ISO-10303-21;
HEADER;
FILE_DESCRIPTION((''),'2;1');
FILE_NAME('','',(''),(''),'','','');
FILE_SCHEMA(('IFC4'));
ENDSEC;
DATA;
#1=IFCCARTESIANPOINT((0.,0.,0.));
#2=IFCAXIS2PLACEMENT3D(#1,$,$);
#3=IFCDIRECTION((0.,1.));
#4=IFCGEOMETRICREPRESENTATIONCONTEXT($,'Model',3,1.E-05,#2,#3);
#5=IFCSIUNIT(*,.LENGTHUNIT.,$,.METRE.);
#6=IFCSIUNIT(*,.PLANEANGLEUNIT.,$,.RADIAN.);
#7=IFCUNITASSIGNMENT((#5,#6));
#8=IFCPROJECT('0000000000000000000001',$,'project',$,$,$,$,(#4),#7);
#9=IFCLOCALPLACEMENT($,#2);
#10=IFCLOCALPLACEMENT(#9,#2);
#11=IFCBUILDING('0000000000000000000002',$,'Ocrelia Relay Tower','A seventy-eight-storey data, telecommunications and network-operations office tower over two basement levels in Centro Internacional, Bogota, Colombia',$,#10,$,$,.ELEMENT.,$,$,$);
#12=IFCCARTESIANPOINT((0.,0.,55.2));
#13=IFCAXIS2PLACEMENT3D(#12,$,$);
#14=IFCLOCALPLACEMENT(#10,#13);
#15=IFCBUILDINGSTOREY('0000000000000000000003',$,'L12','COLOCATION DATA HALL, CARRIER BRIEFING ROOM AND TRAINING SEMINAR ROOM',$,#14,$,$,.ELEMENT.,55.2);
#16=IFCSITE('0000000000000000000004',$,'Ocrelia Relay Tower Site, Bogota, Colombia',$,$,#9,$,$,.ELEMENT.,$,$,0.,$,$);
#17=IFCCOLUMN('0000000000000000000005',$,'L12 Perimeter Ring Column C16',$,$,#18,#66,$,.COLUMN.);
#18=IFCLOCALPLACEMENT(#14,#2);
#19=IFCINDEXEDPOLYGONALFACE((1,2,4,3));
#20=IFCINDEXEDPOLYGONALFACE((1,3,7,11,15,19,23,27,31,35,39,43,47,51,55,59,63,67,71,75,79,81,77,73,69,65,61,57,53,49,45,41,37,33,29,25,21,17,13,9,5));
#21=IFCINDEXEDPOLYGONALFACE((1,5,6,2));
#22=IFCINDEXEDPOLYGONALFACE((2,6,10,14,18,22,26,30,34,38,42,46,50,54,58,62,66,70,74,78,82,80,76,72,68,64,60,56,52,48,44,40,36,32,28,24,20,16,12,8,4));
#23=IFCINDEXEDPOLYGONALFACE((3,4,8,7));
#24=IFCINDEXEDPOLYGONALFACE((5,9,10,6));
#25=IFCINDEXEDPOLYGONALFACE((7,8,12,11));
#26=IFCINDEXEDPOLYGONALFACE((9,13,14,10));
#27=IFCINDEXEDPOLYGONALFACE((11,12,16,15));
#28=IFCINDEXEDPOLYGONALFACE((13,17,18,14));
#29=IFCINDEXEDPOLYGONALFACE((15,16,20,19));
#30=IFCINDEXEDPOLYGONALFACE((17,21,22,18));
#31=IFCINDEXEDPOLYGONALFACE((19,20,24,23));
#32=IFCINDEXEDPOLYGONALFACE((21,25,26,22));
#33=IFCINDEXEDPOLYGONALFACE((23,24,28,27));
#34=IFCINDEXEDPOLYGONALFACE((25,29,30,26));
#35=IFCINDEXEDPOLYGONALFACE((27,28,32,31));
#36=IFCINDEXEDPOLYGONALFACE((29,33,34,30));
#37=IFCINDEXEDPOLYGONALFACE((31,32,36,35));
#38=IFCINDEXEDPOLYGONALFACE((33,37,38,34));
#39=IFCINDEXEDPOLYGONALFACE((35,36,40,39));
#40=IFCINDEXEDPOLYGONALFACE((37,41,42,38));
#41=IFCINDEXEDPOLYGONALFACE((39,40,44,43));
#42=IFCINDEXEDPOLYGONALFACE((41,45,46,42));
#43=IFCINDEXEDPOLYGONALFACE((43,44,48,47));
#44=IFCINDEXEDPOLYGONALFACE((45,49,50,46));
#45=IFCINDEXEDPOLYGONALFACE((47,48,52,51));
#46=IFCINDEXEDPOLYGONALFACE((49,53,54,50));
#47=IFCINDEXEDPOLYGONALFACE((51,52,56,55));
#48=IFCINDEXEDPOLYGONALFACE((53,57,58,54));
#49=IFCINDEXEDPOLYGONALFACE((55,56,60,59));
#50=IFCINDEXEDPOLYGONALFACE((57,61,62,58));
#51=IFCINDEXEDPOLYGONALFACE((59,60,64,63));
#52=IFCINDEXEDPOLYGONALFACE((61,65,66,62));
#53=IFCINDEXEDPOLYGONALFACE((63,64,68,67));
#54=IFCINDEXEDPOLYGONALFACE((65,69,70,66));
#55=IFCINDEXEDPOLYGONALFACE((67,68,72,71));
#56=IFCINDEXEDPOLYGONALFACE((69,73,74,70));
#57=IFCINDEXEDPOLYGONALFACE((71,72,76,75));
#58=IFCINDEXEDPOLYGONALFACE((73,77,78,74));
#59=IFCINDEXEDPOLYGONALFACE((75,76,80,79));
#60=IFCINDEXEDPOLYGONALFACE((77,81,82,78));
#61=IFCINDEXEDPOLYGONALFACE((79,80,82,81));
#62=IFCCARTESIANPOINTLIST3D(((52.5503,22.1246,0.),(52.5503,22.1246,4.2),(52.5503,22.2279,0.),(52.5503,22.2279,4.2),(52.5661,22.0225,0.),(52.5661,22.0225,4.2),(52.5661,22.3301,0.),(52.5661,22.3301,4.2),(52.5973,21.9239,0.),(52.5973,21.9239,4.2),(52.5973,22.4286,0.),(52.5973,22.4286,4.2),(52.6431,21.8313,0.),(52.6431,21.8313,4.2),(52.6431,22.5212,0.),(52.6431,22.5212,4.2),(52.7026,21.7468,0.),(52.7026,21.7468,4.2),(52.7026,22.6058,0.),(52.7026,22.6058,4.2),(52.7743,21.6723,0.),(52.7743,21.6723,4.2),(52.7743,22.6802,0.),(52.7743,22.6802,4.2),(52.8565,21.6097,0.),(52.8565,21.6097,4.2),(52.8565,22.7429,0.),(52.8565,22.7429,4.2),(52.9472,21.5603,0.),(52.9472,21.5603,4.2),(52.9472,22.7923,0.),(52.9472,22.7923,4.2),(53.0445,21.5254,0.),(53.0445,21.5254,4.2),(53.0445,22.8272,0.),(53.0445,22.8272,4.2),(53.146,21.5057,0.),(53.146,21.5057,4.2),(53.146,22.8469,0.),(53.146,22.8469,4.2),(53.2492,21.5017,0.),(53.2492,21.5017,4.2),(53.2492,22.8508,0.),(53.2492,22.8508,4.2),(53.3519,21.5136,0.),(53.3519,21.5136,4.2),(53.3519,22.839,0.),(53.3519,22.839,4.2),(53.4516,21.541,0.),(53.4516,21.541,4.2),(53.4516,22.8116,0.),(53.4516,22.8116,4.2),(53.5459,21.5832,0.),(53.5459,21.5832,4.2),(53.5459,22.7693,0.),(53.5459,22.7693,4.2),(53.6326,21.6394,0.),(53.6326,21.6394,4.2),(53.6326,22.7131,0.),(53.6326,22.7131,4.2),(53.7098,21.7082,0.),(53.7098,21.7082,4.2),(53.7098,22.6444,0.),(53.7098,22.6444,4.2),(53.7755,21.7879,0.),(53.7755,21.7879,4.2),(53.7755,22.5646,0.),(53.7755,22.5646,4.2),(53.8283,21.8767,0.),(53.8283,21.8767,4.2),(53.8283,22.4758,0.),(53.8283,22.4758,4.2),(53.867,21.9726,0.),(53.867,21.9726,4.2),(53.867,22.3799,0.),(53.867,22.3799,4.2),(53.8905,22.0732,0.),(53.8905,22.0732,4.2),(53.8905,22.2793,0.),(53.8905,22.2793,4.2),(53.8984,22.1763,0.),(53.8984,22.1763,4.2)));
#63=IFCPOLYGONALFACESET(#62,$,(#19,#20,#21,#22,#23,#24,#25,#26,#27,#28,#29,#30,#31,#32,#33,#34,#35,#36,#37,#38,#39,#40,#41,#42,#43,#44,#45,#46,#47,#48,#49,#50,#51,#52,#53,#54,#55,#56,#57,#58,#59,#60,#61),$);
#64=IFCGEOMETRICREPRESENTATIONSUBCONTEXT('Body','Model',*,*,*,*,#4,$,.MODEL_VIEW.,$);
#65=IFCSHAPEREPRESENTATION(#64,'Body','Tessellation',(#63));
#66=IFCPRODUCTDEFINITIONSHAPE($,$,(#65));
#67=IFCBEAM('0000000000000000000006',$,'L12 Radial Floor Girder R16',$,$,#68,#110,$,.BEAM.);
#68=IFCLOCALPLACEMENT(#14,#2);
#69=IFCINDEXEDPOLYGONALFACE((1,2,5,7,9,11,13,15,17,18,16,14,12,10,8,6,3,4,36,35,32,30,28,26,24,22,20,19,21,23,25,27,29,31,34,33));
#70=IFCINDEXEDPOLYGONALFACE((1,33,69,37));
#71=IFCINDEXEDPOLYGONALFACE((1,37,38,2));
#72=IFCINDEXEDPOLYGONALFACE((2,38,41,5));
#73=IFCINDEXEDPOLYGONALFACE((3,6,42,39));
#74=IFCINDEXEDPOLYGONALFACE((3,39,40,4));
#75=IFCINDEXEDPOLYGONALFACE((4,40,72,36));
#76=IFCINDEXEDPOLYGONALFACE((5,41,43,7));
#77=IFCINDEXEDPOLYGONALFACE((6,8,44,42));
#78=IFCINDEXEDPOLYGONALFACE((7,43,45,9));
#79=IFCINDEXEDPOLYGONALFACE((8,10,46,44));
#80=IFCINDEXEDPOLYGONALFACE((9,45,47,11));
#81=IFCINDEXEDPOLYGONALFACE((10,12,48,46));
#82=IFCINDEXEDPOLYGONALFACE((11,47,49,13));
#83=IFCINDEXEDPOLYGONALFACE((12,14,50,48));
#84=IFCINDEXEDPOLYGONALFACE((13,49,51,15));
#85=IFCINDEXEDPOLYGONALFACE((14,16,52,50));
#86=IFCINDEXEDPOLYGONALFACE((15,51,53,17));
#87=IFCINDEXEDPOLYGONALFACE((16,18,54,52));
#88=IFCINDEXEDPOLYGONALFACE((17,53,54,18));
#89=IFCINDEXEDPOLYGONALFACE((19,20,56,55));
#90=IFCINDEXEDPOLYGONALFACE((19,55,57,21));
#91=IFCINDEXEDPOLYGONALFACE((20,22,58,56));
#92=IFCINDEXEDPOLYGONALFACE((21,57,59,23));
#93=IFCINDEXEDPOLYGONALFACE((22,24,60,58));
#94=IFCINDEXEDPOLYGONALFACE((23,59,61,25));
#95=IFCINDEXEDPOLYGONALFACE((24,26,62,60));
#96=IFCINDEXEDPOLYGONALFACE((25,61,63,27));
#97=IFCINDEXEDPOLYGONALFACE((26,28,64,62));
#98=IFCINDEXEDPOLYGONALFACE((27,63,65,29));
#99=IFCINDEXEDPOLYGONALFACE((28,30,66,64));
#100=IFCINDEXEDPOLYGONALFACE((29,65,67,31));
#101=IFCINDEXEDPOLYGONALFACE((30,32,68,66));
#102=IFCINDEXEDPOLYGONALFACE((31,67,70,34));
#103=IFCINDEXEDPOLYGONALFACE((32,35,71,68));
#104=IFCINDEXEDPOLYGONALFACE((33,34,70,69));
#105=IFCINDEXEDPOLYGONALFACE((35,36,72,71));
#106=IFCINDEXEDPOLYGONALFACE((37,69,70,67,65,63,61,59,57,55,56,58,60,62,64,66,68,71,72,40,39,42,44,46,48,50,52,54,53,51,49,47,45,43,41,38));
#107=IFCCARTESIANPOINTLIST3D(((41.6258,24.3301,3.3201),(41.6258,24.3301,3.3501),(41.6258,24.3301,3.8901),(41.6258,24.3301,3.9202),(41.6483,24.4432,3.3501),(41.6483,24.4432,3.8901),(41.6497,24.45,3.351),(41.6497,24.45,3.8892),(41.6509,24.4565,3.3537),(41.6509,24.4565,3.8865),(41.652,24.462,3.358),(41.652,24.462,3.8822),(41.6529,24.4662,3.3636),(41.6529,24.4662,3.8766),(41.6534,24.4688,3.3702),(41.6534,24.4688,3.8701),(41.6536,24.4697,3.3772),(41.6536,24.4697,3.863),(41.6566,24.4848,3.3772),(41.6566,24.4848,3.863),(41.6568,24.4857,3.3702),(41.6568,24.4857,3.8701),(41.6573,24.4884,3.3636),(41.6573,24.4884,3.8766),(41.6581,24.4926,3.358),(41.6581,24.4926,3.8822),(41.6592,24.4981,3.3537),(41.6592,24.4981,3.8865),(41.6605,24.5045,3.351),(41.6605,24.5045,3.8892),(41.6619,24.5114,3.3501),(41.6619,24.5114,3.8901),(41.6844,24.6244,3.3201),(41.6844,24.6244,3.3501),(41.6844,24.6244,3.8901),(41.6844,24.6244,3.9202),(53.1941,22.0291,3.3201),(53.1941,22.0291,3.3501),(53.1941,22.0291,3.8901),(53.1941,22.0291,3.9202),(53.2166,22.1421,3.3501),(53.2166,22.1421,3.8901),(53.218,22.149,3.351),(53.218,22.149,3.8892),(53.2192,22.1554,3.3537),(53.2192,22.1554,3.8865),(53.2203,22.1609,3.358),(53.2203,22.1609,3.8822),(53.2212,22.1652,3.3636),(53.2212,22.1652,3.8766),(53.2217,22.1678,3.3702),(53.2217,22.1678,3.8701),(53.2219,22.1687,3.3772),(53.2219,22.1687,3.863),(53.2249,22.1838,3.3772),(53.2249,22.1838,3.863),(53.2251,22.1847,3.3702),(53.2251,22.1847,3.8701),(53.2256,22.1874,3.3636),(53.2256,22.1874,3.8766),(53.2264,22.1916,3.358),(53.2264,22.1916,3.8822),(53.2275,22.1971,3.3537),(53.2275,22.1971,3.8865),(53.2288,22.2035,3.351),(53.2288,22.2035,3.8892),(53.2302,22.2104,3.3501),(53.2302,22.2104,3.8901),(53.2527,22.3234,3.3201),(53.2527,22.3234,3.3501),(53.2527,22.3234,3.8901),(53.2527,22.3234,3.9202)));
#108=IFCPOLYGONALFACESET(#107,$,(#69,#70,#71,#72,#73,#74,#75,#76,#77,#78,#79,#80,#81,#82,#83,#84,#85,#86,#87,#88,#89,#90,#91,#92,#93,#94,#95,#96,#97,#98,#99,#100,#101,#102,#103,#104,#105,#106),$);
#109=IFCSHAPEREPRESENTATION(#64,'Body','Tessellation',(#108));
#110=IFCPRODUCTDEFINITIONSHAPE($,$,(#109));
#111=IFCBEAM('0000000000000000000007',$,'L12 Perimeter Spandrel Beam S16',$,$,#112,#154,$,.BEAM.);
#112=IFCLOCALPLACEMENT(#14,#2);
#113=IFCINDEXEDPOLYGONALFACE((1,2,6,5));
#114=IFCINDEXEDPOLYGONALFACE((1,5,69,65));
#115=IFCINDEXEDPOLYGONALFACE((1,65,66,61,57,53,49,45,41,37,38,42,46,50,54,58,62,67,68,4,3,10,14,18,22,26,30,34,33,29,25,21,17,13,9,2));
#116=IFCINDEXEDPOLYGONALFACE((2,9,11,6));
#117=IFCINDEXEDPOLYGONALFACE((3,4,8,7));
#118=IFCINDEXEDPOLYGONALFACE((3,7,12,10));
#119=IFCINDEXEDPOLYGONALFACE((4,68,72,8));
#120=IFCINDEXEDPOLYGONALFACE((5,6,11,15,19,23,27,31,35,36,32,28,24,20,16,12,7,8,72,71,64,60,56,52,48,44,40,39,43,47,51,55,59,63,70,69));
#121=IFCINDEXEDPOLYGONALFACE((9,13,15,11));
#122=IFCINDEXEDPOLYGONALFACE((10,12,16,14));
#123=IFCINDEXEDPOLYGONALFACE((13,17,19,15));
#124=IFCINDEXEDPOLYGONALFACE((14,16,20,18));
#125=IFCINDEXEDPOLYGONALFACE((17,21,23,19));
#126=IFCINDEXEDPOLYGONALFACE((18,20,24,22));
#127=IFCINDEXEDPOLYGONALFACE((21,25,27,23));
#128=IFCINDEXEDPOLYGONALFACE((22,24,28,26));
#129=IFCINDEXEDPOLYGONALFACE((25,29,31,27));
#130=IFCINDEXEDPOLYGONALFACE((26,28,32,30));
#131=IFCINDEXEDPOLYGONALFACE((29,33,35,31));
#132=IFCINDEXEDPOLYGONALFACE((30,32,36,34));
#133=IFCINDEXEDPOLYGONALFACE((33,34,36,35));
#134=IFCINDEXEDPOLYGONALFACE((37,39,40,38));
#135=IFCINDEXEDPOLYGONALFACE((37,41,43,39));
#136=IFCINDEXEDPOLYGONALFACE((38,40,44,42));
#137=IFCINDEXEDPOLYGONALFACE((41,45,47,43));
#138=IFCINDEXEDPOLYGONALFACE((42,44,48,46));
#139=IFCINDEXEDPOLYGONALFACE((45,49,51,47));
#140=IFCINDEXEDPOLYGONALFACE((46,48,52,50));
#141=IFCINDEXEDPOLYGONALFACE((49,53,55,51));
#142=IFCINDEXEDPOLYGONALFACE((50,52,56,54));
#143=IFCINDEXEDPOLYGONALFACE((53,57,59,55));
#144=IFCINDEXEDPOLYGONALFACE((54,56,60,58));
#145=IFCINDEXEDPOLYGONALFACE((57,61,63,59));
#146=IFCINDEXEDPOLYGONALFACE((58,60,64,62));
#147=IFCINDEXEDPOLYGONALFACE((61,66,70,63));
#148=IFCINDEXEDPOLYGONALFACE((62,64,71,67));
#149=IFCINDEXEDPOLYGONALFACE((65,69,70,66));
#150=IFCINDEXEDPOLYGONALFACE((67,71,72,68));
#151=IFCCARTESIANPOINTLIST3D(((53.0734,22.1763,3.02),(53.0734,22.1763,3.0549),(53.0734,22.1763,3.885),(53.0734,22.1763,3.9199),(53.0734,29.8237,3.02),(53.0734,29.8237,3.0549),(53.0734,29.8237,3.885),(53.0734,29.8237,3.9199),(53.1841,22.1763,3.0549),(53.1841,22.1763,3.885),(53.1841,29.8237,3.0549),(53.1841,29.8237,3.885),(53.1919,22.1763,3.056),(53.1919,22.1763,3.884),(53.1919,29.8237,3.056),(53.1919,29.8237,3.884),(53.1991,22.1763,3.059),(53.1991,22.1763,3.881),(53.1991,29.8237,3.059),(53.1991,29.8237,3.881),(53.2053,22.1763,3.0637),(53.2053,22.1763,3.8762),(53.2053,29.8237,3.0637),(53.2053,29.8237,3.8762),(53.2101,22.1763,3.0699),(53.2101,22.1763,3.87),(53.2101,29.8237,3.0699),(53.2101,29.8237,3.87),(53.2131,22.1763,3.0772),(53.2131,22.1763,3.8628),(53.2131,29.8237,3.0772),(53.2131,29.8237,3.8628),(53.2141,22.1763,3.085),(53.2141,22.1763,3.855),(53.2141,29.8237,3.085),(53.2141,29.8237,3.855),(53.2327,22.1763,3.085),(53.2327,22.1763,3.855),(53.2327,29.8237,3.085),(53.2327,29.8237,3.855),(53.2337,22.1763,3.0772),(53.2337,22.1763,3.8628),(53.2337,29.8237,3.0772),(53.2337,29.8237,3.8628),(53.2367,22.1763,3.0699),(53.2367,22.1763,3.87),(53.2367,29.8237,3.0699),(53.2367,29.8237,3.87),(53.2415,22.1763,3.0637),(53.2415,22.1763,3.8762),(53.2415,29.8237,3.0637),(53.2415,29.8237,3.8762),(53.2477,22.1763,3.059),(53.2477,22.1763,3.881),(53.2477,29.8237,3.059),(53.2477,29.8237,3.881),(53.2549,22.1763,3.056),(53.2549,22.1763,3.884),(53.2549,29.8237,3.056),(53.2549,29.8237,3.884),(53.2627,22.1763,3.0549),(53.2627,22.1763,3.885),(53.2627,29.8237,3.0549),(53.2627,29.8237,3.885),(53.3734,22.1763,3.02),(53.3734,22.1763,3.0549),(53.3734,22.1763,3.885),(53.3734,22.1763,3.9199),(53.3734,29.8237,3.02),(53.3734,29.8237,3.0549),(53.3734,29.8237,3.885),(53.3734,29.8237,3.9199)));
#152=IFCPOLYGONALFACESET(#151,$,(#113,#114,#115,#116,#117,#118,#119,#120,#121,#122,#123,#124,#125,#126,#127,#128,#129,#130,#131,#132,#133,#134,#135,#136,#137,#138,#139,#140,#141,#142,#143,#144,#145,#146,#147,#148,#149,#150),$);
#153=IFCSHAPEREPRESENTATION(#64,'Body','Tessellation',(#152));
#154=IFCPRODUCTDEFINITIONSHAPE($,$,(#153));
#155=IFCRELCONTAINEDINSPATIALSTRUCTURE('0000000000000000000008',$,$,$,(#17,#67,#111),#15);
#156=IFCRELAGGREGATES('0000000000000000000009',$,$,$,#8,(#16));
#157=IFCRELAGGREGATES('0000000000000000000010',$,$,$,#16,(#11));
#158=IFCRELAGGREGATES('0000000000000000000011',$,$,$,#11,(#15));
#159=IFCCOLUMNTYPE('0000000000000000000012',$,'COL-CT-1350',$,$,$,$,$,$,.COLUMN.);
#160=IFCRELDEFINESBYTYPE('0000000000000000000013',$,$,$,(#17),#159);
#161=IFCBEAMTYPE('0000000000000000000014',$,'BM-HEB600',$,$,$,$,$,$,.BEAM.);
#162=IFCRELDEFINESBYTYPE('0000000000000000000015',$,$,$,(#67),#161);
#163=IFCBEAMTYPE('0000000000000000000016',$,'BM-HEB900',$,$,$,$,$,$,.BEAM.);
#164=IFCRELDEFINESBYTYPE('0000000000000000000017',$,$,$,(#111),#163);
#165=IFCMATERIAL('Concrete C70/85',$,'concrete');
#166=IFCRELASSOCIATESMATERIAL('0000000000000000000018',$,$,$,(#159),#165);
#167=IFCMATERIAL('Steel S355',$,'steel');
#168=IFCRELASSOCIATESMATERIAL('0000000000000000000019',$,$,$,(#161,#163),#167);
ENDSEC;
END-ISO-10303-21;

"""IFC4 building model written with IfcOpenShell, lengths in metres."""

from ifc_helpers import new_model, si_unit, direction, frame, origin, origin_2d, place, context, subcontext, project, spatial, circle, i_section, extrude, material, material_profile, profile_set, type_object, element, save


model = new_model("IFC4")

# Units and contexts
model_context = context("Model", 3, precision=1e-05, world=origin(), true_north=direction((0.0, 1.0)))
body_context = subcontext(model_context, "Body", "Model", "MODEL_VIEW")
ifc_project = project(units=[si_unit("LENGTHUNIT", "METRE"), si_unit("PLANEANGLEUNIT", "RADIAN")], contexts=[model_context])

# Site, building, storey
site_placement = place(None, origin())
site = spatial("IfcSite", under=ifc_project, at=site_placement, Name="Ocrelia Relay Tower Site, Bogota, Colombia", CompositionType="ELEMENT", RefElevation=0.0)
building_placement = place(site_placement, origin())
building = spatial("IfcBuilding", under=site, at=building_placement, Name="Ocrelia Relay Tower", Description="A seventy-eight-storey data, telecommunications and network-operations office tower over two basement levels in Centro Internacional, Bogota, Colombia", CompositionType="ELEMENT")
storey_placement = place(building_placement, frame((0.0, 0.0, 55.2)))
storey = spatial("IfcBuildingStorey", under=building, at=storey_placement, Name="L12", Description="COLOCATION DATA HALL, CARRIER BRIEFING ROOM AND TRAINING SEMINAR ROOM", CompositionType="ELEMENT", Elevation=55.2)

# Column
ifc_material_1 = material(Name="Concrete C70/85", Category="concrete")
ifc_material_profile_1 = material_profile(ifc_material_1, circle(Radius=0.675, at=origin_2d()), Name="RC-CIR-1350")
ifc_profile_set_1 = profile_set([ifc_material_profile_1], Name="Concrete C70/85")
column_type = type_object("IfcColumnType", Name="COL-CT-1350", PredefinedType="COLUMN", material=ifc_profile_set_1)
column_placement = place(storey_placement, frame((53.2234, 22.1763, 0.0), z_axis=(0.0, 0.0, 1.0), x_axis=(1.0, 0.0, 0.0)))
element("IfcColumn", 1, at=column_placement, inside=storey, type_object=column_type, Name="L12 Perimeter Ring Column C16", PredefinedType="COLUMN", context=body_context, shape_type="SweptSolid", body=[
    extrude(circle(Radius=0.675, at=origin_2d()), origin(), (0.0, 0.0, 1.0), 4.2),
])

# Beams
ifc_material_2 = material(Name="Steel S355", Category="steel")
ifc_material_profile_2 = material_profile(ifc_material_2, i_section(OverallWidth=0.3, OverallDepth=0.6001, WebThickness=0.0154, FlangeThickness=0.03, FilletRadius=0.0271, at=origin_2d()), Name="HEB 600")
ifc_profile_set_2 = profile_set([ifc_material_profile_2], Name="Steel S355")
beam_type_1 = type_object("IfcBeamType", Name="BM-HEB600", PredefinedType="BEAM", material=ifc_profile_set_2)
beam_1_placement = place(storey_placement, frame((53.2234, 22.1763, 3.6201), z_axis=(-0.980786, 0.195085, 0.0), x_axis=(-0.195085, -0.980786, 0.0)))
element("IfcBeam", 2, at=beam_1_placement, inside=storey, type_object=beam_type_1, Name="L12 Radial Floor Girder R16", PredefinedType="BEAM", context=body_context, shape_type="SweptSolid", body=[
    extrude(i_section(OverallWidth=0.3, OverallDepth=0.6001, WebThickness=0.0154, FlangeThickness=0.03, FilletRadius=0.0271, at=origin_2d()), origin(), (0.0, 0.0, 1.0), 11.7949),
])
ifc_material_profile_3 = material_profile(ifc_material_2, i_section(OverallWidth=0.3, OverallDepth=0.8999, WebThickness=0.0186, FlangeThickness=0.0349, FilletRadius=0.03, at=origin_2d()), Name="HEB 900")
ifc_profile_set_3 = profile_set([ifc_material_profile_3], Name="Steel S355")
beam_type_2 = type_object("IfcBeamType", Name="BM-HEB900", PredefinedType="BEAM", material=ifc_profile_set_3)
beam_2_placement = place(storey_placement, frame((53.2234, 22.1763, 3.47), z_axis=(0.0, 1.0, 0.0), x_axis=(-1.0, 0.0, 0.0)))
element("IfcBeam", 3, at=beam_2_placement, inside=storey, type_object=beam_type_2, Name="L12 Perimeter Spandrel Beam S16", PredefinedType="BEAM", context=body_context, shape_type="SweptSolid", body=[
    extrude(i_section(OverallWidth=0.3, OverallDepth=0.8999, WebThickness=0.0186, FlangeThickness=0.0349, FilletRadius=0.03, at=origin_2d()), origin(), (0.0, 0.0, 1.0), 7.6475),
])

save(model, "model.ifc")
